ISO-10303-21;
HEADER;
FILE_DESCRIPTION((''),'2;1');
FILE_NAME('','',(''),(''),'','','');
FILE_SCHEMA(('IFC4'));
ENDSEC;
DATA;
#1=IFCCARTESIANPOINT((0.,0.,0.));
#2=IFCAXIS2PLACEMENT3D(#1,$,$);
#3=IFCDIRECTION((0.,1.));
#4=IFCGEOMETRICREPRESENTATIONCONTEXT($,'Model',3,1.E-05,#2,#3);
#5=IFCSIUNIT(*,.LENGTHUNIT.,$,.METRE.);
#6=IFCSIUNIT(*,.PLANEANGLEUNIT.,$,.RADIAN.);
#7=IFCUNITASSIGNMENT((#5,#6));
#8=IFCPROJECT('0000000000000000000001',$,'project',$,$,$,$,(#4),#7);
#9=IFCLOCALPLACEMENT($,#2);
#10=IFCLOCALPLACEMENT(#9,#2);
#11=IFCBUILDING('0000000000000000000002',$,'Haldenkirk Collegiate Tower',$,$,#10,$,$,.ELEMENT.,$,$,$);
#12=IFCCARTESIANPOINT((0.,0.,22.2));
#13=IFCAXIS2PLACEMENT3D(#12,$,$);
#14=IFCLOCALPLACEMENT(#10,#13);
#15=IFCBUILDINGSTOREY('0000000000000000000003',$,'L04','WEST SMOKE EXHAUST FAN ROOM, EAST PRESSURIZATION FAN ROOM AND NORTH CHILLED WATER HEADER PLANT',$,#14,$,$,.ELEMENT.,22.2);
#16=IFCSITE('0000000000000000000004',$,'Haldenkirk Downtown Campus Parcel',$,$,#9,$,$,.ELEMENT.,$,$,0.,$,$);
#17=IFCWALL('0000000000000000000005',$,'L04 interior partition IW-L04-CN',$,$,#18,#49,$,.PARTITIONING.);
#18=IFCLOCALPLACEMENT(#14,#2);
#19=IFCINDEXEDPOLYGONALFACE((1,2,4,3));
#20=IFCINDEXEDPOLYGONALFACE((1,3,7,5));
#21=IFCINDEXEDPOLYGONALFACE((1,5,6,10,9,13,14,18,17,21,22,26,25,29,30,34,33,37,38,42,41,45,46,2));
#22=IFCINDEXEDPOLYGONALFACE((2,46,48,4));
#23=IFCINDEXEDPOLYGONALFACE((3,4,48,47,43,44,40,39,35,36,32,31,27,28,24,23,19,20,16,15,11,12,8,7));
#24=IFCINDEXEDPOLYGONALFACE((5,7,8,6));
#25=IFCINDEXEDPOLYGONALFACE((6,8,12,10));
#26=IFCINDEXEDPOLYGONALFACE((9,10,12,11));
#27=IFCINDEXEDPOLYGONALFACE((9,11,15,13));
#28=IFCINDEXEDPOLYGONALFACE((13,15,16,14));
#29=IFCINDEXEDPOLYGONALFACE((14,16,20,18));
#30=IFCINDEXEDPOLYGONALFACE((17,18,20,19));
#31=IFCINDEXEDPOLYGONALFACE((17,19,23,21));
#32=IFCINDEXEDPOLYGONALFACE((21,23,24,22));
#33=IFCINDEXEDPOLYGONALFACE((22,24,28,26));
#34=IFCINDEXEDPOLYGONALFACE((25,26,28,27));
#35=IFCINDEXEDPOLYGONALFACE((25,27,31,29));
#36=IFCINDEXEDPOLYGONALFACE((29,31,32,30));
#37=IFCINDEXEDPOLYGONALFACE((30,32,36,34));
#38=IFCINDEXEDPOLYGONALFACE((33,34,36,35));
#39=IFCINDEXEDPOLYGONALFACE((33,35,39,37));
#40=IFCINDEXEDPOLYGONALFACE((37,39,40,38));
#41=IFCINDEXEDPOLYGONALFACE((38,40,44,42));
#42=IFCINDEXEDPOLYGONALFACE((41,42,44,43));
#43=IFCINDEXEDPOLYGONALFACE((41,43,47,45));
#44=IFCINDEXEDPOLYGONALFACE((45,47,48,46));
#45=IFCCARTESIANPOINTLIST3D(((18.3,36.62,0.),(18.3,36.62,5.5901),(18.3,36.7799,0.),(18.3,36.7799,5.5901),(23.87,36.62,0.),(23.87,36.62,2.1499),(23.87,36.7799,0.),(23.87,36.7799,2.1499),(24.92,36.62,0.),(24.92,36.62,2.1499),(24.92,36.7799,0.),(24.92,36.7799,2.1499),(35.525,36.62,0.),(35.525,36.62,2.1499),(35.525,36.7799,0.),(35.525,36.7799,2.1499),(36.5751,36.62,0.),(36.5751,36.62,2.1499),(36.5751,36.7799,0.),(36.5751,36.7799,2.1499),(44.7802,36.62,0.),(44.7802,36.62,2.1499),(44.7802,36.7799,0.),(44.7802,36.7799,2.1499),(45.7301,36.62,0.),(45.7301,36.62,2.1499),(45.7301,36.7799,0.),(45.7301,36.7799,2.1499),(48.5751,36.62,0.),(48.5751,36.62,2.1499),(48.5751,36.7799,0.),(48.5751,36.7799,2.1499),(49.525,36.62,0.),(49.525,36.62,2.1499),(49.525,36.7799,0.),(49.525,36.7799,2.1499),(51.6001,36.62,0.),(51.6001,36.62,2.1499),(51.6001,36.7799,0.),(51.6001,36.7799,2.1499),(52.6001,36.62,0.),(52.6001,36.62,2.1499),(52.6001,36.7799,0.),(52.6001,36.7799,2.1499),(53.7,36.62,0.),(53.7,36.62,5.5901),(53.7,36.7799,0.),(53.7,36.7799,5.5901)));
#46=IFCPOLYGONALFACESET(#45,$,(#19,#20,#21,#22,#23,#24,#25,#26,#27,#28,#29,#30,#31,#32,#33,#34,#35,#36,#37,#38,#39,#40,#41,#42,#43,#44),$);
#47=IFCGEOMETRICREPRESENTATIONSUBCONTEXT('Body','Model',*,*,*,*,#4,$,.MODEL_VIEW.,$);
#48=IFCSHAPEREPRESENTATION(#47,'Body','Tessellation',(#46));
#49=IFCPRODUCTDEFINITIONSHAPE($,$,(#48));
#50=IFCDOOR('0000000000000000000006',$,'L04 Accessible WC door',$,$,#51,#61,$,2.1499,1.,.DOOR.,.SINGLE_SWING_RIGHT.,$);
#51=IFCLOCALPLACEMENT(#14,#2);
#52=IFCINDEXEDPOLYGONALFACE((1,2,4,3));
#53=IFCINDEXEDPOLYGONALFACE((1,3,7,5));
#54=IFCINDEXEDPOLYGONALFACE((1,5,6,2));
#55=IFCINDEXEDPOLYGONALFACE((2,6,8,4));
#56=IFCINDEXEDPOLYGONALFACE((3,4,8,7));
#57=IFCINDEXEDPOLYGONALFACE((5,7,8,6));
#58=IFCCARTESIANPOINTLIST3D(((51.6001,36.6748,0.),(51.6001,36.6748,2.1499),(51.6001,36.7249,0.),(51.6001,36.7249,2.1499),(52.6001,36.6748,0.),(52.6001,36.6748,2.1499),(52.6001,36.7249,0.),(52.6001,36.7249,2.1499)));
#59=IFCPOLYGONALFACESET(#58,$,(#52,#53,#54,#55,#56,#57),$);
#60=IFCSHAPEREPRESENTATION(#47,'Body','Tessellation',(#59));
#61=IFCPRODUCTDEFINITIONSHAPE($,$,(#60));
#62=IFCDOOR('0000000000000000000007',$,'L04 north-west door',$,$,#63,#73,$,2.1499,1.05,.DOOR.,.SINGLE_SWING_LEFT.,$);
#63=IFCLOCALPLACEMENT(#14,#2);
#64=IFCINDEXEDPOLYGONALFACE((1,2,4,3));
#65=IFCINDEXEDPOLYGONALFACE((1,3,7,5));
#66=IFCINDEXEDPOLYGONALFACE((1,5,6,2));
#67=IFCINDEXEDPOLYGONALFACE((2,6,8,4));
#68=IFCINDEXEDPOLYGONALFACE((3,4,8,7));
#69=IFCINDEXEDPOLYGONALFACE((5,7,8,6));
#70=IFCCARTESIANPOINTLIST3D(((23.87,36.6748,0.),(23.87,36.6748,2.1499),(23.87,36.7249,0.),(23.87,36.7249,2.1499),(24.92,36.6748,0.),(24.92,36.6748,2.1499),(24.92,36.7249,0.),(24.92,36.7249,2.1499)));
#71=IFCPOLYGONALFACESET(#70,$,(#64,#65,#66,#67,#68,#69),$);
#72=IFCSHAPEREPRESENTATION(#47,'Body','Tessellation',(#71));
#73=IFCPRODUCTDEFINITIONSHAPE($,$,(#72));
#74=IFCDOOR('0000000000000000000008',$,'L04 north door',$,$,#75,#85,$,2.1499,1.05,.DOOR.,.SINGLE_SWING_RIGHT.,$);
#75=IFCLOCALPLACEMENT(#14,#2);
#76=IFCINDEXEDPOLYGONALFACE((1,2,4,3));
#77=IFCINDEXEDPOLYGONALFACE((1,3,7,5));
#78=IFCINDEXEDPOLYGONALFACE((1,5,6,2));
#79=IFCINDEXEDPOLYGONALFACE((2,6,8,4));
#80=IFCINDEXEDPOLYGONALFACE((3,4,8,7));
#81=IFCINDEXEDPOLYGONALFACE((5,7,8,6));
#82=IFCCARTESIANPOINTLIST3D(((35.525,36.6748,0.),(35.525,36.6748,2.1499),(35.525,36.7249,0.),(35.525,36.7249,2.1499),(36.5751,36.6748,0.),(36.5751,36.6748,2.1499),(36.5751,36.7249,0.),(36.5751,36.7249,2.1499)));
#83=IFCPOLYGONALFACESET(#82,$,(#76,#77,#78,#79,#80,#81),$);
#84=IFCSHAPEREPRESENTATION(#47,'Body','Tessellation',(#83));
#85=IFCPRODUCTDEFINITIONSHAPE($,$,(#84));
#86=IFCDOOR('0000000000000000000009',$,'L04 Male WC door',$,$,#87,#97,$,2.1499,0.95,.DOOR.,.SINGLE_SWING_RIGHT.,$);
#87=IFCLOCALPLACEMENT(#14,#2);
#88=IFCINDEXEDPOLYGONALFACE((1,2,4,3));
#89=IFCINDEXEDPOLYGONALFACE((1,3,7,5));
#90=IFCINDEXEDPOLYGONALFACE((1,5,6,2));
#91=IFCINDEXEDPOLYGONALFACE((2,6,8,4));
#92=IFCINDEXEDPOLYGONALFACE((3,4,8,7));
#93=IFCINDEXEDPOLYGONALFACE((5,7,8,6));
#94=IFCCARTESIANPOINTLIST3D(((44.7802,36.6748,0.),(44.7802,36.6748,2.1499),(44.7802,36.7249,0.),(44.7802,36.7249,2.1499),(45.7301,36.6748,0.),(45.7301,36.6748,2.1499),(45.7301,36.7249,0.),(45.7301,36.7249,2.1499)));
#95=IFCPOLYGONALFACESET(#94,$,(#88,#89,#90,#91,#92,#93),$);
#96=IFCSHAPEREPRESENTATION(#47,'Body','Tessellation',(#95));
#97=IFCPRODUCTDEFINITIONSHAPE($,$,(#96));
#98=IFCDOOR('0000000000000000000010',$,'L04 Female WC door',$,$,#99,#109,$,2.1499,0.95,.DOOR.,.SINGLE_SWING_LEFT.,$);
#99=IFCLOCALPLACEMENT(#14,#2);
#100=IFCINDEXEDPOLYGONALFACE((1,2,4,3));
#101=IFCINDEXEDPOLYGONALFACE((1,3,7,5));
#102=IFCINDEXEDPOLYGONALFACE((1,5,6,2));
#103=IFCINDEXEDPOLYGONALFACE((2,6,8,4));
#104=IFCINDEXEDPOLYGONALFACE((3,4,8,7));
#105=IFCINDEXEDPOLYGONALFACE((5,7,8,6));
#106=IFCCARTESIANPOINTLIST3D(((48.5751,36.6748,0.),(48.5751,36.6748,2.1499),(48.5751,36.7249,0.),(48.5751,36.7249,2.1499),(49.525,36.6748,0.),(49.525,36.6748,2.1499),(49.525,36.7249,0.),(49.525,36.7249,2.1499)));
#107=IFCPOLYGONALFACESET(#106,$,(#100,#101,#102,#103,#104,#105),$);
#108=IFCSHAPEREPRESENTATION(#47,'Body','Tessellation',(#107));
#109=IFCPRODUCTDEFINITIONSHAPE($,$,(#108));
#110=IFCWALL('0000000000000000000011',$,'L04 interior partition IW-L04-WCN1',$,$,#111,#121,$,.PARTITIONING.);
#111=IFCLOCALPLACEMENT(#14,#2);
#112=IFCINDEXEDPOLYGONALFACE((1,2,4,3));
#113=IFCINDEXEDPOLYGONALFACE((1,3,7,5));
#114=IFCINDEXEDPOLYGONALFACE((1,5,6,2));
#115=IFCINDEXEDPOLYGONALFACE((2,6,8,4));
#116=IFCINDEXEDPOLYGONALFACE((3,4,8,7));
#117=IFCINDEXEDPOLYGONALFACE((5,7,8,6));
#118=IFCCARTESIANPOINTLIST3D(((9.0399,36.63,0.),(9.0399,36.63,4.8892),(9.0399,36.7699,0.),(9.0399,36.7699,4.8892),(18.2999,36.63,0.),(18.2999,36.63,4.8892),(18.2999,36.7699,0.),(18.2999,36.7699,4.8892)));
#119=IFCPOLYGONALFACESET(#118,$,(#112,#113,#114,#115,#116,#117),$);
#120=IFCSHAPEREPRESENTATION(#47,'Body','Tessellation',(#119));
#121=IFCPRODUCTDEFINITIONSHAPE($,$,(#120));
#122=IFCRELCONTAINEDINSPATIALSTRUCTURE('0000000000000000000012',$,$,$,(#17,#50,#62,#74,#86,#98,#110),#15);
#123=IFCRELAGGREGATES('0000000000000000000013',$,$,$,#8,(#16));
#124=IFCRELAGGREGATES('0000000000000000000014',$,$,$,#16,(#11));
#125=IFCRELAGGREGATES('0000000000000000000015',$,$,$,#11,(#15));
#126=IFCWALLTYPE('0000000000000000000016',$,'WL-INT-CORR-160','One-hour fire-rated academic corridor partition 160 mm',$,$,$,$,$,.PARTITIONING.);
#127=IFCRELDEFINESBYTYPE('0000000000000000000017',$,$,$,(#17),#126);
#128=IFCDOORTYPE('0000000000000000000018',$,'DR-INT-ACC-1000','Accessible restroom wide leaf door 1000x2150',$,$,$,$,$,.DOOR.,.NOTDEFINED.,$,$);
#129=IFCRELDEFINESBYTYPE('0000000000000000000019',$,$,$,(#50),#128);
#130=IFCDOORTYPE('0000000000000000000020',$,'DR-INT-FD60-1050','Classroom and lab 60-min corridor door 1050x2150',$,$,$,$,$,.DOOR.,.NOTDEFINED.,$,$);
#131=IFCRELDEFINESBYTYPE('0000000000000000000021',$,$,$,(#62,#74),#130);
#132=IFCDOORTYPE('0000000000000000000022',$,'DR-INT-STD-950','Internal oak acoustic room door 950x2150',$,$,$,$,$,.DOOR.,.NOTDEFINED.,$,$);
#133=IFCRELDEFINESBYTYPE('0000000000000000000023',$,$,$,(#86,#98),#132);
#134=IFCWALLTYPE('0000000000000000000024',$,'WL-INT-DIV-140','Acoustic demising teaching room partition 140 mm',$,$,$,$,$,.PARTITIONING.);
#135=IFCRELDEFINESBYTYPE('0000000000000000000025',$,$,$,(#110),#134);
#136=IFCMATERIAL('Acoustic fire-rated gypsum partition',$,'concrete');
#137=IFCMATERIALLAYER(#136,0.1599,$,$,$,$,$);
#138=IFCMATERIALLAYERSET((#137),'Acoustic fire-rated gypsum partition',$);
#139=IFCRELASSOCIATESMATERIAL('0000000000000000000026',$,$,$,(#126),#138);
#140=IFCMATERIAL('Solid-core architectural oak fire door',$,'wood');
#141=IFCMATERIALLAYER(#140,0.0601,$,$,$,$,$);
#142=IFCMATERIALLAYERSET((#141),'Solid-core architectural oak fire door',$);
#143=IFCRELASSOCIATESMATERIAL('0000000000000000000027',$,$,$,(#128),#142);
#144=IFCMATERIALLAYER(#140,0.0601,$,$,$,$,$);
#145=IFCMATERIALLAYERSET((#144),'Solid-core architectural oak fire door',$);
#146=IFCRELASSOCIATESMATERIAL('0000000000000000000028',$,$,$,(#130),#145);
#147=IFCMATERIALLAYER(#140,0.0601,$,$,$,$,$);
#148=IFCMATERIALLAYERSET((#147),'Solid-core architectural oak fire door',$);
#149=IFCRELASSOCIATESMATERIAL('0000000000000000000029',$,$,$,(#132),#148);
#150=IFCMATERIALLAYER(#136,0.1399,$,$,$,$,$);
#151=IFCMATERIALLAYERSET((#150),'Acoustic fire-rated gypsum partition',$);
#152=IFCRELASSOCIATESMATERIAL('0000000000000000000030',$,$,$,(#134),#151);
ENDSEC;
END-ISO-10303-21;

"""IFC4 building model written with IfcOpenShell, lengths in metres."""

from ifc_helpers import new_model, si_unit, direction, frame, frame_2d, origin, place, context, subcontext, project, spatial, rectangle, extrude, material, layer, layer_set, type_object, element, fill, save


model = new_model("IFC4")

# Units and contexts
model_context = context("Model", 3, precision=1e-05, world=origin(), true_north=direction((0.0, 1.0)))
body_context = subcontext(model_context, "Body", "Model", "MODEL_VIEW")
ifc_project = project(units=[si_unit("LENGTHUNIT", "METRE"), si_unit("PLANEANGLEUNIT", "RADIAN")], contexts=[model_context])

# Site, building, storey
site_placement = place(None, origin())
site = spatial("IfcSite", under=ifc_project, at=site_placement, Name="Haldenkirk Downtown Campus Parcel", CompositionType="ELEMENT", RefElevation=0.0)
building_placement = place(site_placement, origin())
building = spatial("IfcBuilding", under=site, at=building_placement, Name="Haldenkirk Collegiate Tower", CompositionType="ELEMENT")
storey_placement = place(building_placement, frame((0.0, 0.0, 22.2)))
storey = spatial("IfcBuildingStorey", under=building, at=storey_placement, Name="L04", Description="WEST SMOKE EXHAUST FAN ROOM, EAST PRESSURIZATION FAN ROOM AND NORTH CHILLED WATER HEADER PLANT", CompositionType="ELEMENT", Elevation=22.2)

# Wall, openings, doors
ifc_material_1 = material(Name="Acoustic fire-rated gypsum partition", Category="concrete")
ifc_layer_1 = layer(ifc_material_1, 0.1599)
ifc_layer_set_1 = layer_set([ifc_layer_1], Name="Acoustic fire-rated gypsum partition")
wall_type_1 = type_object("IfcWallType", Name="WL-INT-CORR-160", Description="One-hour fire-rated academic corridor partition 160 mm", PredefinedType="PARTITIONING", material=ifc_layer_set_1)
wall_1_placement = place(storey_placement, frame((18.3, 36.7, 0.0), z_axis=(0.0, 0.0, 1.0), x_axis=(1.0, 0.0, 0.0)))
wall_1 = element("IfcWall", 1, at=wall_1_placement, inside=storey, type_object=wall_type_1, Name="L04 interior partition IW-L04-CN", PredefinedType="PARTITIONING", context=body_context, shape_type="SweptSolid", body=[
    extrude(rectangle(XDim=35.3999, YDim=0.1599, at=frame_2d((17.7, 0.0))), origin(), (0.0, 0.0, 1.0), 5.5901),
])
opening_1_placement = place(wall_1_placement, frame((5.5701, 0.0, 0.0)))
opening_1 = element("IfcOpeningElement", 2, at=opening_1_placement, cuts=wall_1, PredefinedType="OPENING", context=body_context, shape_type="SweptSolid", body=[
    extrude(rectangle(XDim=1.05, YDim=2.1499, at=frame_2d((0.5249, 1.075))), frame((0.0, 0.0898, 0.0), z_axis=(0.0, -1.0, 0.0), x_axis=(1.0, 0.0, 0.0)), (0.0, 0.0, 1.0), 0.1799),
])
opening_2_placement = place(wall_1_placement, frame((17.2251, 0.0, 0.0)))
opening_2 = element("IfcOpeningElement", 3, at=opening_2_placement, cuts=wall_1, PredefinedType="OPENING", context=body_context, shape_type="SweptSolid", body=[
    extrude(rectangle(XDim=1.05, YDim=2.1499, at=frame_2d((0.5249, 1.075))), frame((0.0, 0.0898, 0.0), z_axis=(0.0, -1.0, 0.0), x_axis=(1.0, 0.0, 0.0)), (0.0, 0.0, 1.0), 0.1799),
])
opening_3_placement = place(wall_1_placement, frame((26.48, 0.0, 0.0)))
opening_3 = element("IfcOpeningElement", 4, at=opening_3_placement, cuts=wall_1, PredefinedType="OPENING", context=body_context, shape_type="SweptSolid", body=[
    extrude(rectangle(XDim=0.95, YDim=2.1499, at=frame_2d((0.4751, 1.075))), frame((0.0, 0.0898, 0.0), z_axis=(0.0, -1.0, 0.0), x_axis=(1.0, 0.0, 0.0)), (0.0, 0.0, 1.0), 0.1799),
])
opening_4_placement = place(wall_1_placement, frame((30.2749, 0.0, 0.0)))
opening_4 = element("IfcOpeningElement", 5, at=opening_4_placement, cuts=wall_1, PredefinedType="OPENING", context=body_context, shape_type="SweptSolid", body=[
    extrude(rectangle(XDim=0.95, YDim=2.1499, at=frame_2d((0.4751, 1.075))), frame((0.0, 0.0898, 0.0), z_axis=(0.0, -1.0, 0.0), x_axis=(1.0, 0.0, 0.0)), (0.0, 0.0, 1.0), 0.1799),
])
opening_5_placement = place(wall_1_placement, frame((33.3, 0.0, 0.0)))
opening_5 = element("IfcOpeningElement", 6, at=opening_5_placement, cuts=wall_1, PredefinedType="OPENING", context=body_context, shape_type="SweptSolid", body=[
    extrude(rectangle(XDim=1.0, YDim=2.1499, at=frame_2d((0.5, 1.075))), frame((0.0, 0.0898, 0.0), z_axis=(0.0, -1.0, 0.0), x_axis=(1.0, 0.0, 0.0)), (0.0, 0.0, 1.0), 0.1799),
])
ifc_material_2 = material(Name="Solid-core architectural oak fire door", Category="wood")
ifc_layer_2 = layer(ifc_material_2, 0.0601)
ifc_layer_set_2 = layer_set([ifc_layer_2], Name="Solid-core architectural oak fire door")
door_type_1 = type_object("IfcDoorType", Name="DR-INT-ACC-1000", Description="Accessible restroom wide leaf door 1000x2150", OperationType="NOTDEFINED", PredefinedType="DOOR", material=ifc_layer_set_2)
door_1_placement = place(opening_5_placement, origin())
door_1 = element("IfcDoor", 7, at=door_1_placement, inside=storey, type_object=door_type_1, Name="L04 Accessible WC door", OperationType="SINGLE_SWING_RIGHT", OverallHeight=2.1499, OverallWidth=1.0, PredefinedType="DOOR", context=body_context, shape_type="SweptSolid", body=[
    extrude(rectangle(XDim=1.0, YDim=2.1499, at=frame_2d((0.5, 1.075))), frame((0.0, 0.0249, 0.0), z_axis=(0.0, -1.0, 0.0), x_axis=(1.0, 0.0, 0.0)), (0.0, 0.0, 1.0), 0.05),
])
fill(opening_5, door_1)
ifc_layer_3 = layer(ifc_material_2, 0.0601)
ifc_layer_set_3 = layer_set([ifc_layer_3], Name="Solid-core architectural oak fire door")
door_type_2 = type_object("IfcDoorType", Name="DR-INT-FD60-1050", Description="Classroom and lab 60-min corridor door 1050x2150", OperationType="NOTDEFINED", PredefinedType="DOOR", material=ifc_layer_set_3)
door_2_placement = place(opening_1_placement, origin())
door_2 = element("IfcDoor", 8, at=door_2_placement, inside=storey, type_object=door_type_2, Name="L04 north-west door", OperationType="SINGLE_SWING_LEFT", OverallHeight=2.1499, OverallWidth=1.05, PredefinedType="DOOR", context=body_context, shape_type="SweptSolid", body=[
    extrude(rectangle(XDim=1.05, YDim=2.1499, at=frame_2d((0.5249, 1.075))), frame((0.0, 0.0249, 0.0), z_axis=(0.0, -1.0, 0.0), x_axis=(1.0, 0.0, 0.0)), (0.0, 0.0, 1.0), 0.05),
])
fill(opening_1, door_2)
door_3_placement = place(opening_2_placement, origin())
door_3 = element("IfcDoor", 9, at=door_3_placement, inside=storey, type_object=door_type_2, Name="L04 north door", OperationType="SINGLE_SWING_RIGHT", OverallHeight=2.1499, OverallWidth=1.05, PredefinedType="DOOR", context=body_context, shape_type="SweptSolid", body=[
    extrude(rectangle(XDim=1.05, YDim=2.1499, at=frame_2d((0.5249, 1.075))), frame((0.0, 0.0249, 0.0), z_axis=(0.0, -1.0, 0.0), x_axis=(1.0, 0.0, 0.0)), (0.0, 0.0, 1.0), 0.05),
])
fill(opening_2, door_3)
ifc_layer_4 = layer(ifc_material_2, 0.0601)
ifc_layer_set_4 = layer_set([ifc_layer_4], Name="Solid-core architectural oak fire door")
door_type_3 = type_object("IfcDoorType", Name="DR-INT-STD-950", Description="Internal oak acoustic room door 950x2150", OperationType="NOTDEFINED", PredefinedType="DOOR", material=ifc_layer_set_4)
door_4_placement = place(opening_3_placement, origin())
door_4 = element("IfcDoor", 10, at=door_4_placement, inside=storey, type_object=door_type_3, Name="L04 Male WC door", OperationType="SINGLE_SWING_RIGHT", OverallHeight=2.1499, OverallWidth=0.95, PredefinedType="DOOR", context=body_context, shape_type="SweptSolid", body=[
    extrude(rectangle(XDim=0.95, YDim=2.1499, at=frame_2d((0.4751, 1.075))), frame((0.0, 0.0249, 0.0), z_axis=(0.0, -1.0, 0.0), x_axis=(1.0, 0.0, 0.0)), (0.0, 0.0, 1.0), 0.05),
])
fill(opening_3, door_4)
door_5_placement = place(opening_4_placement, origin())
door_5 = element("IfcDoor", 11, at=door_5_placement, inside=storey, type_object=door_type_3, Name="L04 Female WC door", OperationType="SINGLE_SWING_LEFT", OverallHeight=2.1499, OverallWidth=0.95, PredefinedType="DOOR", context=body_context, shape_type="SweptSolid", body=[
    extrude(rectangle(XDim=0.95, YDim=2.1499, at=frame_2d((0.4751, 1.075))), frame((0.0, 0.0249, 0.0), z_axis=(0.0, -1.0, 0.0), x_axis=(1.0, 0.0, 0.0)), (0.0, 0.0, 1.0), 0.05),
])
fill(opening_4, door_5)

# Wall
ifc_layer_5 = layer(ifc_material_1, 0.1399)
ifc_layer_set_5 = layer_set([ifc_layer_5], Name="Acoustic fire-rated gypsum partition")
wall_type_2 = type_object("IfcWallType", Name="WL-INT-DIV-140", Description="Acoustic demising teaching room partition 140 mm", PredefinedType="PARTITIONING", material=ifc_layer_set_5)
wall_2_placement = place(storey_placement, frame((9.04, 36.7, 0.0), z_axis=(0.0, 0.0, 1.0), x_axis=(1.0, 0.0, 0.0)))
element("IfcWall", 12, at=wall_2_placement, inside=storey, type_object=wall_type_2, Name="L04 interior partition IW-L04-WCN1", PredefinedType="PARTITIONING", context=body_context, shape_type="SweptSolid", body=[
    extrude(rectangle(XDim=9.26, YDim=0.1399, at=frame_2d((4.6299, 0.0))), origin(), (0.0, 0.0, 1.0), 4.8892),
])

save(model, "model.ifc")
